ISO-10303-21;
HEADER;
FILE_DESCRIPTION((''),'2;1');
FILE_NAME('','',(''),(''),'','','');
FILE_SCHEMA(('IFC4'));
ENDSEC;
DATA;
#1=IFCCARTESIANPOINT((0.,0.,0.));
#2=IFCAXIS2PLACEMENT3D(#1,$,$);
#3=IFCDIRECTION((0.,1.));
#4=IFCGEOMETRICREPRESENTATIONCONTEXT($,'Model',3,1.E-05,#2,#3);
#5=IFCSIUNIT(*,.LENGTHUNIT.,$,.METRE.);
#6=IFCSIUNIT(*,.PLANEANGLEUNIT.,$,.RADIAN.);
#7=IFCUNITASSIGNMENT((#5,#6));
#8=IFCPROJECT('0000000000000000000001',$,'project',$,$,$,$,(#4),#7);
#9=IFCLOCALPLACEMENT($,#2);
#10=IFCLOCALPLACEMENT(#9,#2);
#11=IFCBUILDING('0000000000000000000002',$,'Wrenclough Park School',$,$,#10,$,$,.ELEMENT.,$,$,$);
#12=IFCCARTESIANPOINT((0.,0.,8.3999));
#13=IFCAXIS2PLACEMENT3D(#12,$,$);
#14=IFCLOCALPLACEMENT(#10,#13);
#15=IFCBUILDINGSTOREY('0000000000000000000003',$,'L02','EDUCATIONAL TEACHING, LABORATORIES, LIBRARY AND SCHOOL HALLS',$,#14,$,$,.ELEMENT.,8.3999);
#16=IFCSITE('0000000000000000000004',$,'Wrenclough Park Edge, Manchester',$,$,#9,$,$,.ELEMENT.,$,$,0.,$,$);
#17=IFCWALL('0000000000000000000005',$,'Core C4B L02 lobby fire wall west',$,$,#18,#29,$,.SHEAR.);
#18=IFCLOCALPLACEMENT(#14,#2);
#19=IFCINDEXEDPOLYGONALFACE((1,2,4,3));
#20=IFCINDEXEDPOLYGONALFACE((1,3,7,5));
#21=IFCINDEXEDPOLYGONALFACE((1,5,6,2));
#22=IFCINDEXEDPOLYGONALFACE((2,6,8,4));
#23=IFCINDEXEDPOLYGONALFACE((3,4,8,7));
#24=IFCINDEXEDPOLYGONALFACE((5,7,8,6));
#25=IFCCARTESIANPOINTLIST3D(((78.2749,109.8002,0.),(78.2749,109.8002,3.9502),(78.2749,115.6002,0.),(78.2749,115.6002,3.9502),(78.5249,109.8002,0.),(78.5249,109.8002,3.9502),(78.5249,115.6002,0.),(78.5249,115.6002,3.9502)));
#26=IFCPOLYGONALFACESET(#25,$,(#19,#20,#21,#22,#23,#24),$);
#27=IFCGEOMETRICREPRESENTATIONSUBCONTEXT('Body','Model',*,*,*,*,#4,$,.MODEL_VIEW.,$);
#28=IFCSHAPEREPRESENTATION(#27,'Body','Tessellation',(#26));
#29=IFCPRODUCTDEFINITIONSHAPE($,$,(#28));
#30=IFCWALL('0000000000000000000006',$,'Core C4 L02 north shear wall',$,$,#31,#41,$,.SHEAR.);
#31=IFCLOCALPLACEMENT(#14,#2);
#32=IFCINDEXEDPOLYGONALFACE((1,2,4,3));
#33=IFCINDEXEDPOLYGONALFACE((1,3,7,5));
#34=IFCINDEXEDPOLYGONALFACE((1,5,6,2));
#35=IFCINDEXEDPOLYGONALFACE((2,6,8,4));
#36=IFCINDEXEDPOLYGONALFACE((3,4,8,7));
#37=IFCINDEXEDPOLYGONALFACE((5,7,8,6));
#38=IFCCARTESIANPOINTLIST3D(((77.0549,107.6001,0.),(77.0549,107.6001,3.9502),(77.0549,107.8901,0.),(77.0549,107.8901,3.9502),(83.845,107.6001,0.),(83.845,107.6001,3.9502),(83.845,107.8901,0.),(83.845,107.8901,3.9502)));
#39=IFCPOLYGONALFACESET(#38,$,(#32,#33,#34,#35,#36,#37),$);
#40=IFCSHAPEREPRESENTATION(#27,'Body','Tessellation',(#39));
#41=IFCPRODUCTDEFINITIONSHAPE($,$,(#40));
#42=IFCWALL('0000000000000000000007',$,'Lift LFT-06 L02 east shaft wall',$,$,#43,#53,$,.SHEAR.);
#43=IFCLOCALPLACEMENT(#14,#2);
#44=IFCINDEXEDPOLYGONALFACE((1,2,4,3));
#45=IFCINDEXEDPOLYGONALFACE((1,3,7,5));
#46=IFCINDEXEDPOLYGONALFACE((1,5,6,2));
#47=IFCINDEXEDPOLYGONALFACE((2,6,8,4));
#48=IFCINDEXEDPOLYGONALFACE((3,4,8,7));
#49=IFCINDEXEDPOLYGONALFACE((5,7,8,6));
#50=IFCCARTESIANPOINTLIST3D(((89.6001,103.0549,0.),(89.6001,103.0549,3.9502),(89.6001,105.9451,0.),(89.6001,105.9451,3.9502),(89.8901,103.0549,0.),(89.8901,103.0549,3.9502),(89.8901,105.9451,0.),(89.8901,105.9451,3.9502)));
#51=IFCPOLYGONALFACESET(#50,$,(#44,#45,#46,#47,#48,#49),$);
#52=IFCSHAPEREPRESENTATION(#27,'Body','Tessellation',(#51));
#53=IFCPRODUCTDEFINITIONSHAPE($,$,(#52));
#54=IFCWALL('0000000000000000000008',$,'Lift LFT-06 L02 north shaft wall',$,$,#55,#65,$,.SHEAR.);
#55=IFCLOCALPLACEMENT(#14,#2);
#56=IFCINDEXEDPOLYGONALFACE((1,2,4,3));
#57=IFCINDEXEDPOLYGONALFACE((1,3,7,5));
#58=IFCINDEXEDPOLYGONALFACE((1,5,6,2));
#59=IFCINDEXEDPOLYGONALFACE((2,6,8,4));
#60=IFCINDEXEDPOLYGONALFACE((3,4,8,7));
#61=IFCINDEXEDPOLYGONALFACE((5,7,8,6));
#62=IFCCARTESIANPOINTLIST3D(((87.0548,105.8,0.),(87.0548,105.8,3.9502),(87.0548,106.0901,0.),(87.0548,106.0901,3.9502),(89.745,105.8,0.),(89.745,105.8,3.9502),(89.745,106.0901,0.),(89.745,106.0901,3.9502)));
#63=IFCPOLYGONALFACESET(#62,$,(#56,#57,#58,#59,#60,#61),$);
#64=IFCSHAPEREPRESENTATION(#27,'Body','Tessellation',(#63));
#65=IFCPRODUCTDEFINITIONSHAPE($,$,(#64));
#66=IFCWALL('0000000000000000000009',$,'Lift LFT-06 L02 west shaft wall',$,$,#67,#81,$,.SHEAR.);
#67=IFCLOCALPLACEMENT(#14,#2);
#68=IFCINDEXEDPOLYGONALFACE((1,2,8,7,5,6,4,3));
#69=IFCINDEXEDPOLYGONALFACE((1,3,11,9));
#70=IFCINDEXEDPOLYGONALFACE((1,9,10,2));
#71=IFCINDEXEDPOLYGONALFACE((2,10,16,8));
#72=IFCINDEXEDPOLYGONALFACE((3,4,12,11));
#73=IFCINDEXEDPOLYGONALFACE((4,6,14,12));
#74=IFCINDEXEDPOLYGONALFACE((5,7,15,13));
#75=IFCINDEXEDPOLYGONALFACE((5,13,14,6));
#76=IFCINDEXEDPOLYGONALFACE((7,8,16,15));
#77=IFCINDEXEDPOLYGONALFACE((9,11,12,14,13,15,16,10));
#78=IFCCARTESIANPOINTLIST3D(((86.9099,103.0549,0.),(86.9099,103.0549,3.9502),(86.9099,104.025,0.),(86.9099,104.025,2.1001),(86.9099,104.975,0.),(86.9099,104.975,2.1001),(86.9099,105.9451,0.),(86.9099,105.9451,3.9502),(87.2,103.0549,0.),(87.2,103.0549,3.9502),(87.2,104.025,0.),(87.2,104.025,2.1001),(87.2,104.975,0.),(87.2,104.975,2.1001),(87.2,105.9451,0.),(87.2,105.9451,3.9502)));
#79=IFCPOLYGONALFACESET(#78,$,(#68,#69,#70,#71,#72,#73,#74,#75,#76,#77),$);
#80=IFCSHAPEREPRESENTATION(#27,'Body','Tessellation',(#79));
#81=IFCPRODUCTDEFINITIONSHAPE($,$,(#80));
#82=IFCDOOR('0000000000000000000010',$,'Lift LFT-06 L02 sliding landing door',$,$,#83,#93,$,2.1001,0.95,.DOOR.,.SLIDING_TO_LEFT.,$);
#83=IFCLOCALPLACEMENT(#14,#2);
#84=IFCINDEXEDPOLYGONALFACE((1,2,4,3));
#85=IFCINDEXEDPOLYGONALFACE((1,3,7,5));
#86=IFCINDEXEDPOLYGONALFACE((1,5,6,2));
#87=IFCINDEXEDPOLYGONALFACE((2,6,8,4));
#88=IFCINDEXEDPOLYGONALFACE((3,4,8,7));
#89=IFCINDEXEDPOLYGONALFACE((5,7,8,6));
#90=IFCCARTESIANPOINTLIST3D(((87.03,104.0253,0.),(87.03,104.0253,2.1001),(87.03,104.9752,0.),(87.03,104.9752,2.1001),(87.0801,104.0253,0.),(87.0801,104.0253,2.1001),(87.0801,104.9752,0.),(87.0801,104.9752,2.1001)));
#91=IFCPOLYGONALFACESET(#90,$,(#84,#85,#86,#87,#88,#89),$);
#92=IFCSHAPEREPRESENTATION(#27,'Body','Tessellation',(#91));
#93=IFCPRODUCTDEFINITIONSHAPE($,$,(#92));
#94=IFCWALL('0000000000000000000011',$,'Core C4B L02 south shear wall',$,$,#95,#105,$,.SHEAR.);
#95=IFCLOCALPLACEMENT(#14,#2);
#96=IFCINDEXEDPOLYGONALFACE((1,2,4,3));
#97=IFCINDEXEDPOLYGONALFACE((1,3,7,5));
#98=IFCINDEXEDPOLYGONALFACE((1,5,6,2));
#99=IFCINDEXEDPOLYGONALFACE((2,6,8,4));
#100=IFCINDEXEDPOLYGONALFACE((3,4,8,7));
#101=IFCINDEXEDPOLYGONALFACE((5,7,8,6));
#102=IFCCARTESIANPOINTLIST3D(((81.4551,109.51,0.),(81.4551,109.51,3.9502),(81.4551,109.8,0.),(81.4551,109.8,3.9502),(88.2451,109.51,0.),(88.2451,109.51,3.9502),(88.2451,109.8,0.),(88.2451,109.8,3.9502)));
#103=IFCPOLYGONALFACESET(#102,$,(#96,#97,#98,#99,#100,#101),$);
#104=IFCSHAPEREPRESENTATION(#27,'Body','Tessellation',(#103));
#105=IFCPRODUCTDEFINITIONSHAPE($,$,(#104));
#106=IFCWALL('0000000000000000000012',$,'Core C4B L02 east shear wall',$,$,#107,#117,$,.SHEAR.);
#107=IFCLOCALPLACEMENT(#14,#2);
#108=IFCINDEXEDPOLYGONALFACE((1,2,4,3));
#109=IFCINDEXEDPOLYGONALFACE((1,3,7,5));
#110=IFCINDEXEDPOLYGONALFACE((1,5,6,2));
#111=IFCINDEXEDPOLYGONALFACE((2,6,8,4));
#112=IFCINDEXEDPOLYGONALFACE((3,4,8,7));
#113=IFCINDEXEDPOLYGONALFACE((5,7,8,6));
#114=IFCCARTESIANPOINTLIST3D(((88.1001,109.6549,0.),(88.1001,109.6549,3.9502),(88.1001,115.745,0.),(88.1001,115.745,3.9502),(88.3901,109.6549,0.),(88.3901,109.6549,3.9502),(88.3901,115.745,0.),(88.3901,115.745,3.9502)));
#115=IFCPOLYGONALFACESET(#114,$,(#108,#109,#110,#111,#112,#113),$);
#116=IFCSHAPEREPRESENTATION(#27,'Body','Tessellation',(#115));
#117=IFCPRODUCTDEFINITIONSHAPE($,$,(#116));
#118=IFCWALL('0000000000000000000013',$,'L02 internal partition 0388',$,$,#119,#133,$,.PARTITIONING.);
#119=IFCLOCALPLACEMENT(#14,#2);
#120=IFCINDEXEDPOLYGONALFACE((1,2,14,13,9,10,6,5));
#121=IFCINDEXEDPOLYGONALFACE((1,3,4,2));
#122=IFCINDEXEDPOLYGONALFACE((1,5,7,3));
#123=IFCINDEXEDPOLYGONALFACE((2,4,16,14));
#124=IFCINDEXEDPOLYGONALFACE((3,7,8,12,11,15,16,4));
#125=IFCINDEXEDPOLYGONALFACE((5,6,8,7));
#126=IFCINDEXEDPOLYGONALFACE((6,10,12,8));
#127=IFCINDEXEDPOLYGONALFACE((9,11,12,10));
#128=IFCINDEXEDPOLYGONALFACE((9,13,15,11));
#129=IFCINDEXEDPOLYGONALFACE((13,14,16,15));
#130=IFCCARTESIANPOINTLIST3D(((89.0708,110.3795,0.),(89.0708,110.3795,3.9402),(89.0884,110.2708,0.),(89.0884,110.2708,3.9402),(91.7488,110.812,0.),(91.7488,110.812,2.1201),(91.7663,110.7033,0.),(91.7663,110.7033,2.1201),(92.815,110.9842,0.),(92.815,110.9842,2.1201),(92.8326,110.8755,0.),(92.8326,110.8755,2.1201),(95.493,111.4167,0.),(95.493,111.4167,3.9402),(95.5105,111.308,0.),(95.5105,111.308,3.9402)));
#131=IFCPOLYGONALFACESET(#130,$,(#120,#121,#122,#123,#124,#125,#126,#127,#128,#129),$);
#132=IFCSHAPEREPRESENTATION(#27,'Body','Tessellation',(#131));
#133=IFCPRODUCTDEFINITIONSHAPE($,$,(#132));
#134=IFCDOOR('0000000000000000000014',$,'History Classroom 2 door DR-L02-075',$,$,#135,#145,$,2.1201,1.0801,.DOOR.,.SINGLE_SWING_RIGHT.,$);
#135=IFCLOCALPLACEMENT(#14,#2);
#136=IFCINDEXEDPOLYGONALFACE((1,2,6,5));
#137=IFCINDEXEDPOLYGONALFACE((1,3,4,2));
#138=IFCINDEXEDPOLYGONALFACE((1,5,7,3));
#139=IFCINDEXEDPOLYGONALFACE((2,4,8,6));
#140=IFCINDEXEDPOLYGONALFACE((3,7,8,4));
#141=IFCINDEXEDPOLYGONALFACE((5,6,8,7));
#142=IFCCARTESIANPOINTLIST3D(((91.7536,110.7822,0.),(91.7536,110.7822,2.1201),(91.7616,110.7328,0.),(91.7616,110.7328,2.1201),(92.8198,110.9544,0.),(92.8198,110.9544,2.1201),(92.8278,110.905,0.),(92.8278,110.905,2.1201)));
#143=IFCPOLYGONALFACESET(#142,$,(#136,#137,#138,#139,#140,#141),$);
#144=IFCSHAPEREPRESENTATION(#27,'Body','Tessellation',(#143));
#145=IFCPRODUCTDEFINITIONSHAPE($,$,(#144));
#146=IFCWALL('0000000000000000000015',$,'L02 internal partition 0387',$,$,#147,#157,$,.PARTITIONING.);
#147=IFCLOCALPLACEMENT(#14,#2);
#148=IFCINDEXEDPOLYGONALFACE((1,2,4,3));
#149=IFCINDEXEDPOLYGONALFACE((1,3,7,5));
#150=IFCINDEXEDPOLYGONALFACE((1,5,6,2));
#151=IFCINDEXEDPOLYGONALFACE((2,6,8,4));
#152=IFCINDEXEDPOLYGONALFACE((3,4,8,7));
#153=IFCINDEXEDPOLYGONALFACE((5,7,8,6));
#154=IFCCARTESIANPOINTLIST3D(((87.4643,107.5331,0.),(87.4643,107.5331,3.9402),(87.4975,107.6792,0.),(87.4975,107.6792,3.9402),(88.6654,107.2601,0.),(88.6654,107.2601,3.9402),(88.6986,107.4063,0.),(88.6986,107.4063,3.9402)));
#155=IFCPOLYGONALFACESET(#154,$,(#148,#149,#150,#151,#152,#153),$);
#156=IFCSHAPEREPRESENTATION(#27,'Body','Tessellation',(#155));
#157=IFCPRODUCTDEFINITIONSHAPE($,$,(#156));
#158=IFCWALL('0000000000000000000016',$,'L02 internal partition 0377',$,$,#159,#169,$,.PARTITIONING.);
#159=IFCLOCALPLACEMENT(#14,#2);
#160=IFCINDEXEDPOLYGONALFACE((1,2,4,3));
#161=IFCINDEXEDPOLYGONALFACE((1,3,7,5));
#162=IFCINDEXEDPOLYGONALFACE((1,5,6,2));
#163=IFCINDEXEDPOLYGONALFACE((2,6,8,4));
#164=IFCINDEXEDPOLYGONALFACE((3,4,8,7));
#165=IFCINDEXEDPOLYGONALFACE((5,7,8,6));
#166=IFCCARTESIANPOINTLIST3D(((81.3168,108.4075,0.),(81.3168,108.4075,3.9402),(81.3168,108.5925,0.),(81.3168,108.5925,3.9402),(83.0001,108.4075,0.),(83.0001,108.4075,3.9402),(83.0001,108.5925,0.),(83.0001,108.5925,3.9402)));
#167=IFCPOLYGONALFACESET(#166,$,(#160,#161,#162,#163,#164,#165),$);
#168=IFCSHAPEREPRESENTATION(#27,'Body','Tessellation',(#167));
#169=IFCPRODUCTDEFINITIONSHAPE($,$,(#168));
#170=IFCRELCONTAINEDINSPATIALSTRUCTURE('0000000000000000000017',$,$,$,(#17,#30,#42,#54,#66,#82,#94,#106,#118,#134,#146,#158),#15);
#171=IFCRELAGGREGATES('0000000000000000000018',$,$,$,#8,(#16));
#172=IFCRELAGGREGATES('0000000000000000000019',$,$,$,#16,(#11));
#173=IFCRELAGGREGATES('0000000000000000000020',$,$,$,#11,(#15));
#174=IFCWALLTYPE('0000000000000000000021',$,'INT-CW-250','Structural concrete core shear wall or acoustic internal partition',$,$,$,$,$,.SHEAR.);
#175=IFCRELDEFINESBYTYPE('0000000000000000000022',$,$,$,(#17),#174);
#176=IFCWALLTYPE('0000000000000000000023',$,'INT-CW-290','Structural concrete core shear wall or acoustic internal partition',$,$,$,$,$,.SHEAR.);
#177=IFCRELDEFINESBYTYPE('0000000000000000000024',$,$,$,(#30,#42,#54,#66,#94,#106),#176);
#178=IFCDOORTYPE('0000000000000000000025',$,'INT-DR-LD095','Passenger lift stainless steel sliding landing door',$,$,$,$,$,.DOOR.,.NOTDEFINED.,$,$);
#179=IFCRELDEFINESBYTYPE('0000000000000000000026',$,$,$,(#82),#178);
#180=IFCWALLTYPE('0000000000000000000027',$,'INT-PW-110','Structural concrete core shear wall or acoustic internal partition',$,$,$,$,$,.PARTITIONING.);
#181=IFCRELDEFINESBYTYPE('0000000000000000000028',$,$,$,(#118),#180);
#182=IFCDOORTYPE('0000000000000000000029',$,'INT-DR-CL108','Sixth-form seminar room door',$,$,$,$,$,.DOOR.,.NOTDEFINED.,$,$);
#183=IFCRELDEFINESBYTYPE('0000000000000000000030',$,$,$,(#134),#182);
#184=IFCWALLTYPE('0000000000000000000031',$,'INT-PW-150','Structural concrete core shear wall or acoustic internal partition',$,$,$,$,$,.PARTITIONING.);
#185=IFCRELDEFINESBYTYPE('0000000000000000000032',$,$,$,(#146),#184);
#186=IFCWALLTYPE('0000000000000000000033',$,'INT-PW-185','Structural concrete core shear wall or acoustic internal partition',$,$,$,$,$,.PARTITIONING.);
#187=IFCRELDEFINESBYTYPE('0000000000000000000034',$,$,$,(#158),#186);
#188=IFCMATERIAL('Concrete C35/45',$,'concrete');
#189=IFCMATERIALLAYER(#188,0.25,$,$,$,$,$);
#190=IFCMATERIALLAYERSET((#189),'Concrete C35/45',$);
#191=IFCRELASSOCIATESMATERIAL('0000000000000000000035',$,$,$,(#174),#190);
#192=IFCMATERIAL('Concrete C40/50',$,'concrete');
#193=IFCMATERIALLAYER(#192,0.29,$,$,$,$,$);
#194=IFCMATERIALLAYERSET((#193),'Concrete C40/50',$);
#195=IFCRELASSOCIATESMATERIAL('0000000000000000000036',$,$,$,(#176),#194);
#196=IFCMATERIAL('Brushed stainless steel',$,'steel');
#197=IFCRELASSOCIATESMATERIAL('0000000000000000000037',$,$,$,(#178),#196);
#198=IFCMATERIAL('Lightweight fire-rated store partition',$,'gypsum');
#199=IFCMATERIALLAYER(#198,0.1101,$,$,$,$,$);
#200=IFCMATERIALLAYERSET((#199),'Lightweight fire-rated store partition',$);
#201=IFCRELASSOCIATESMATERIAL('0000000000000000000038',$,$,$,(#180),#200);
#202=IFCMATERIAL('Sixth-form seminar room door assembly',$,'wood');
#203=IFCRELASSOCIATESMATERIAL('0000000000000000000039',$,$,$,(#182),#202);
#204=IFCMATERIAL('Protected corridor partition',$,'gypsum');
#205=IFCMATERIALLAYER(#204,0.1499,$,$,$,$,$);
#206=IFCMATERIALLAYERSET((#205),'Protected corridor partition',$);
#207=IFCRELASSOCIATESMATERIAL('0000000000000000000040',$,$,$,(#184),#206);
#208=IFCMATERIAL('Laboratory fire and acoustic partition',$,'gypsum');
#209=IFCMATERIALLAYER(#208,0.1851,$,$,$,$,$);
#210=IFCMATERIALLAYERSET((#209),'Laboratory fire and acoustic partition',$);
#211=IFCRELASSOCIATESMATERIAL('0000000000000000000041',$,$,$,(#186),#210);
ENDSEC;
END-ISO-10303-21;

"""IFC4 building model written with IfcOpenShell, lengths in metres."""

from ifc_helpers import new_model, si_unit, direction, frame, frame_2d, origin, place, context, subcontext, project, spatial, rectangle, extrude, material, layer, layer_set, type_object, element, fill, save


model = new_model("IFC4")

# Units and contexts
model_context = context("Model", 3, precision=1e-05, world=origin(), true_north=direction((0.0, 1.0)))
body_context = subcontext(model_context, "Body", "Model", "MODEL_VIEW")
ifc_project = project(units=[si_unit("LENGTHUNIT", "METRE"), si_unit("PLANEANGLEUNIT", "RADIAN")], contexts=[model_context])

# Site, building, storey
site_placement = place(None, origin())
site = spatial("IfcSite", under=ifc_project, at=site_placement, Name="Wrenclough Park Edge, Manchester", CompositionType="ELEMENT", RefElevation=0.0)
building_placement = place(site_placement, origin())
building = spatial("IfcBuilding", under=site, at=building_placement, Name="Wrenclough Park School", CompositionType="ELEMENT")
storey_placement = place(building_placement, frame((0.0, 0.0, 8.3999)))
storey = spatial("IfcBuildingStorey", under=building, at=storey_placement, Name="L02", Description="EDUCATIONAL TEACHING, LABORATORIES, LIBRARY AND SCHOOL HALLS", CompositionType="ELEMENT", Elevation=8.3999)

# Shared definitions
ifc_material_1 = material(Name="Concrete C35/45", Category="concrete")
ifc_layer_1 = layer(ifc_material_1, 0.25)
ifc_layer_set_1 = layer_set([ifc_layer_1], Name="Concrete C35/45")
wall_type_1 = type_object("IfcWallType", Name="INT-CW-250", Description="Structural concrete core shear wall or acoustic internal partition", PredefinedType="SHEAR", material=ifc_layer_set_1)

# Walls
wall_1_placement = place(storey_placement, frame((78.3999, 115.6001, 0.0), z_axis=(0.0, 0.0, 1.0), x_axis=(0.0, -1.0, 0.0)))
element("IfcWall", 1, at=wall_1_placement, inside=storey, type_object=wall_type_1, Name="Core C4B L02 lobby fire wall west", PredefinedType="SHEAR", context=body_context, shape_type="SweptSolid", body=[
    extrude(rectangle(XDim=5.8, YDim=0.25, at=frame_2d((2.8999, 0.0))), origin(), (0.0, 0.0, 1.0), 3.9502),
])
ifc_material_2 = material(Name="Concrete C40/50", Category="concrete")
ifc_layer_2 = layer(ifc_material_2, 0.29)
ifc_layer_set_2 = layer_set([ifc_layer_2], Name="Concrete C40/50")
wall_type_2 = type_object("IfcWallType", Name="INT-CW-290", Description="Structural concrete core shear wall or acoustic internal partition", PredefinedType="SHEAR", material=ifc_layer_set_2)
wall_2_placement = place(storey_placement, frame((83.845, 107.7451, 0.0), z_axis=(0.0, 0.0, 1.0), x_axis=(-1.0, 0.0, 0.0)))
element("IfcWall", 2, at=wall_2_placement, inside=storey, type_object=wall_type_2, Name="Core C4 L02 north shear wall", PredefinedType="SHEAR", context=body_context, shape_type="SweptSolid", body=[
    extrude(rectangle(XDim=6.79, YDim=0.29, at=frame_2d((3.395, 0.0))), origin(), (0.0, 0.0, 1.0), 3.9502),
])
wall_3_placement = place(storey_placement, frame((89.7451, 103.0549, 0.0), z_axis=(0.0, 0.0, 1.0), x_axis=(0.0, 1.0, 0.0)))
element("IfcWall", 3, at=wall_3_placement, inside=storey, type_object=wall_type_2, Name="Lift LFT-06 L02 east shaft wall", PredefinedType="SHEAR", context=body_context, shape_type="SweptSolid", body=[
    extrude(rectangle(XDim=2.8901, YDim=0.29, at=frame_2d((1.4451, 0.0))), origin(), (0.0, 0.0, 1.0), 3.9502),
])
wall_4_placement = place(storey_placement, frame((89.7451, 105.9451, 0.0), z_axis=(0.0, 0.0, 1.0), x_axis=(-1.0, 0.0, 0.0)))
element("IfcWall", 4, at=wall_4_placement, inside=storey, type_object=wall_type_2, Name="Lift LFT-06 L02 north shaft wall", PredefinedType="SHEAR", context=body_context, shape_type="SweptSolid", body=[
    extrude(rectangle(XDim=2.6902, YDim=0.29, at=frame_2d((1.3452, 0.0))), origin(), (0.0, 0.0, 1.0), 3.9502),
])

# Wall, opening, door
wall_5_placement = place(storey_placement, frame((87.0549, 105.9451, 0.0), z_axis=(0.0, 0.0, 1.0), x_axis=(0.0, -1.0, 0.0)))
wall_5 = element("IfcWall", 5, at=wall_5_placement, inside=storey, type_object=wall_type_2, Name="Lift LFT-06 L02 west shaft wall", PredefinedType="SHEAR", context=body_context, shape_type="SweptSolid", body=[
    extrude(rectangle(XDim=2.8901, YDim=0.29, at=frame_2d((1.4451, 0.0))), origin(), (0.0, 0.0, 1.0), 3.9502),
])
opening_1_placement = place(wall_5_placement, frame((0.97, 0.0, 0.0)))
opening_1 = element("IfcOpeningElement", 6, at=opening_1_placement, cuts=wall_5, PredefinedType="OPENING", context=body_context, shape_type="SweptSolid", body=[
    extrude(rectangle(XDim=0.95, YDim=2.1001, at=frame_2d((0.4751, 1.05))), frame((0.0, 0.155, 0.0), z_axis=(0.0, -1.0, 0.0), x_axis=(1.0, 0.0, 0.0)), (0.0, 0.0, 1.0), 0.3101),
])
ifc_material_3 = material(Name="Brushed stainless steel", Category="steel")
door_type_1 = type_object("IfcDoorType", Name="INT-DR-LD095", Description="Passenger lift stainless steel sliding landing door", OperationType="NOTDEFINED", PredefinedType="DOOR", material=ifc_material_3)
door_1_placement = place(opening_1_placement, frame((0.95, 0.0, 0.0), z_axis=(0.0, 0.0, 1.0), x_axis=(-1.0, 0.0, 0.0)))
door_1 = element("IfcDoor", 7, at=door_1_placement, inside=storey, type_object=door_type_1, Name="Lift LFT-06 L02 sliding landing door", OperationType="SLIDING_TO_LEFT", OverallHeight=2.1001, OverallWidth=0.95, PredefinedType="DOOR", context=body_context, shape_type="SweptSolid", body=[
    extrude(rectangle(XDim=0.95, YDim=2.1001, at=frame_2d((0.4751, 1.05))), frame((0.0, 0.0249, 0.0), z_axis=(0.0, -1.0, 0.0), x_axis=(1.0, 0.0, 0.0)), (0.0, 0.0, 1.0), 0.05),
])
fill(opening_1, door_1)

# Walls
wall_6_placement = place(storey_placement, frame((81.4551, 109.655, 0.0), z_axis=(0.0, 0.0, 1.0), x_axis=(1.0, 0.0, 0.0)))
element("IfcWall", 8, at=wall_6_placement, inside=storey, type_object=wall_type_2, Name="Core C4B L02 south shear wall", PredefinedType="SHEAR", context=body_context, shape_type="SweptSolid", body=[
    extrude(rectangle(XDim=6.79, YDim=0.29, at=frame_2d((3.395, 0.0))), origin(), (0.0, 0.0, 1.0), 3.9502),
])
wall_7_placement = place(storey_placement, frame((88.2451, 109.655, 0.0), z_axis=(0.0, 0.0, 1.0), x_axis=(0.0, 1.0, 0.0)))
element("IfcWall", 9, at=wall_7_placement, inside=storey, type_object=wall_type_2, Name="Core C4B L02 east shear wall", PredefinedType="SHEAR", context=body_context, shape_type="SweptSolid", body=[
    extrude(rectangle(XDim=6.0901, YDim=0.29, at=frame_2d((3.0449, 0.0))), origin(), (0.0, 0.0, 1.0), 3.9502),
])

# Wall, opening, door
ifc_material_4 = material(Name="Lightweight fire-rated store partition", Category="gypsum")
ifc_layer_3 = layer(ifc_material_4, 0.1101)
ifc_layer_set_3 = layer_set([ifc_layer_3], Name="Lightweight fire-rated store partition")
wall_type_3 = type_object("IfcWallType", Name="INT-PW-110", Description="Structural concrete core shear wall or acoustic internal partition", PredefinedType="PARTITIONING", material=ifc_layer_set_3)
wall_8_placement = place(storey_placement, frame((89.0796, 110.3252, 0.0), z_axis=(0.0, 0.0, 1.0), x_axis=(0.98721, 0.159425, 0.0)))
wall_8 = element("IfcWall", 10, at=wall_8_placement, inside=storey, type_object=wall_type_3, Name="L02 internal partition 0388", PredefinedType="PARTITIONING", context=body_context, shape_type="SweptSolid", body=[
    extrude(rectangle(XDim=6.5054, YDim=0.1101, at=frame_2d((3.2527, 0.0))), origin(), (0.0, 0.0, 1.0), 3.9402),
])
opening_2_placement = place(wall_8_placement, frame((2.7126, 0.0, 0.0)))
opening_2 = element("IfcOpeningElement", 11, at=opening_2_placement, cuts=wall_8, PredefinedType="OPENING", context=body_context, shape_type="SweptSolid", body=[
    extrude(rectangle(XDim=1.0801, YDim=2.1201, at=frame_2d((0.54, 1.0601))), frame((0.0, 0.0649, 0.0), z_axis=(0.0, -1.0, 0.0), x_axis=(1.0, 0.0, 0.0)), (0.0, 0.0, 1.0), 0.1301),
])
ifc_material_5 = material(Name="Sixth-form seminar room door assembly", Category="wood")
door_type_2 = type_object("IfcDoorType", Name="INT-DR-CL108", Description="Sixth-form seminar room door", OperationType="NOTDEFINED", PredefinedType="DOOR", material=ifc_material_5)
door_2_placement = place(opening_2_placement, origin())
door_2 = element("IfcDoor", 12, at=door_2_placement, inside=storey, type_object=door_type_2, Name="History Classroom 2 door DR-L02-075", OperationType="SINGLE_SWING_RIGHT", OverallHeight=2.1201, OverallWidth=1.0801, PredefinedType="DOOR", context=body_context, shape_type="SweptSolid", body=[
    extrude(rectangle(XDim=1.0801, YDim=2.1201, at=frame_2d((0.54, 1.0601))), frame((0.0, 0.0249, 0.0), z_axis=(0.0, -1.0, 0.0), x_axis=(1.0, 0.0, 0.0)), (0.0, 0.0, 1.0), 0.05),
])
fill(opening_2, door_2)

# Walls
ifc_material_6 = material(Name="Protected corridor partition", Category="gypsum")
ifc_layer_4 = layer(ifc_material_6, 0.1499)
ifc_layer_set_4 = layer_set([ifc_layer_4], Name="Protected corridor partition")
wall_type_4 = type_object("IfcWallType", Name="INT-PW-150", Description="Structural concrete core shear wall or acoustic internal partition", PredefinedType="PARTITIONING", material=ifc_layer_set_4)
wall_9_placement = place(storey_placement, frame((88.6819, 107.3333, 0.0), z_axis=(0.0, 0.0, 1.0), x_axis=(-0.975141, 0.221587, 0.0)))
element("IfcWall", 13, at=wall_9_placement, inside=storey, type_object=wall_type_4, Name="L02 internal partition 0387", PredefinedType="PARTITIONING", context=body_context, shape_type="SweptSolid", body=[
    extrude(rectangle(XDim=1.2317, YDim=0.1499, at=frame_2d((0.6157, 0.0))), origin(), (0.0, 0.0, 1.0), 3.9402),
])
ifc_material_7 = material(Name="Laboratory fire and acoustic partition", Category="gypsum")
ifc_layer_5 = layer(ifc_material_7, 0.1851)
ifc_layer_set_5 = layer_set([ifc_layer_5], Name="Laboratory fire and acoustic partition")
wall_type_5 = type_object("IfcWallType", Name="INT-PW-185", Description="Structural concrete core shear wall or acoustic internal partition", PredefinedType="PARTITIONING", material=ifc_layer_set_5)
wall_10_placement = place(storey_placement, frame((81.3167, 108.5, 0.0), z_axis=(0.0, 0.0, 1.0), x_axis=(1.0, 0.0, 0.0)))
element("IfcWall", 14, at=wall_10_placement, inside=storey, type_object=wall_type_5, Name="L02 internal partition 0377", PredefinedType="PARTITIONING", context=body_context, shape_type="SweptSolid", body=[
    extrude(rectangle(XDim=1.6833, YDim=0.1851, at=frame_2d((0.8418, 0.0))), origin(), (0.0, 0.0, 1.0), 3.9402),
])

save(model, "model.ifc")
